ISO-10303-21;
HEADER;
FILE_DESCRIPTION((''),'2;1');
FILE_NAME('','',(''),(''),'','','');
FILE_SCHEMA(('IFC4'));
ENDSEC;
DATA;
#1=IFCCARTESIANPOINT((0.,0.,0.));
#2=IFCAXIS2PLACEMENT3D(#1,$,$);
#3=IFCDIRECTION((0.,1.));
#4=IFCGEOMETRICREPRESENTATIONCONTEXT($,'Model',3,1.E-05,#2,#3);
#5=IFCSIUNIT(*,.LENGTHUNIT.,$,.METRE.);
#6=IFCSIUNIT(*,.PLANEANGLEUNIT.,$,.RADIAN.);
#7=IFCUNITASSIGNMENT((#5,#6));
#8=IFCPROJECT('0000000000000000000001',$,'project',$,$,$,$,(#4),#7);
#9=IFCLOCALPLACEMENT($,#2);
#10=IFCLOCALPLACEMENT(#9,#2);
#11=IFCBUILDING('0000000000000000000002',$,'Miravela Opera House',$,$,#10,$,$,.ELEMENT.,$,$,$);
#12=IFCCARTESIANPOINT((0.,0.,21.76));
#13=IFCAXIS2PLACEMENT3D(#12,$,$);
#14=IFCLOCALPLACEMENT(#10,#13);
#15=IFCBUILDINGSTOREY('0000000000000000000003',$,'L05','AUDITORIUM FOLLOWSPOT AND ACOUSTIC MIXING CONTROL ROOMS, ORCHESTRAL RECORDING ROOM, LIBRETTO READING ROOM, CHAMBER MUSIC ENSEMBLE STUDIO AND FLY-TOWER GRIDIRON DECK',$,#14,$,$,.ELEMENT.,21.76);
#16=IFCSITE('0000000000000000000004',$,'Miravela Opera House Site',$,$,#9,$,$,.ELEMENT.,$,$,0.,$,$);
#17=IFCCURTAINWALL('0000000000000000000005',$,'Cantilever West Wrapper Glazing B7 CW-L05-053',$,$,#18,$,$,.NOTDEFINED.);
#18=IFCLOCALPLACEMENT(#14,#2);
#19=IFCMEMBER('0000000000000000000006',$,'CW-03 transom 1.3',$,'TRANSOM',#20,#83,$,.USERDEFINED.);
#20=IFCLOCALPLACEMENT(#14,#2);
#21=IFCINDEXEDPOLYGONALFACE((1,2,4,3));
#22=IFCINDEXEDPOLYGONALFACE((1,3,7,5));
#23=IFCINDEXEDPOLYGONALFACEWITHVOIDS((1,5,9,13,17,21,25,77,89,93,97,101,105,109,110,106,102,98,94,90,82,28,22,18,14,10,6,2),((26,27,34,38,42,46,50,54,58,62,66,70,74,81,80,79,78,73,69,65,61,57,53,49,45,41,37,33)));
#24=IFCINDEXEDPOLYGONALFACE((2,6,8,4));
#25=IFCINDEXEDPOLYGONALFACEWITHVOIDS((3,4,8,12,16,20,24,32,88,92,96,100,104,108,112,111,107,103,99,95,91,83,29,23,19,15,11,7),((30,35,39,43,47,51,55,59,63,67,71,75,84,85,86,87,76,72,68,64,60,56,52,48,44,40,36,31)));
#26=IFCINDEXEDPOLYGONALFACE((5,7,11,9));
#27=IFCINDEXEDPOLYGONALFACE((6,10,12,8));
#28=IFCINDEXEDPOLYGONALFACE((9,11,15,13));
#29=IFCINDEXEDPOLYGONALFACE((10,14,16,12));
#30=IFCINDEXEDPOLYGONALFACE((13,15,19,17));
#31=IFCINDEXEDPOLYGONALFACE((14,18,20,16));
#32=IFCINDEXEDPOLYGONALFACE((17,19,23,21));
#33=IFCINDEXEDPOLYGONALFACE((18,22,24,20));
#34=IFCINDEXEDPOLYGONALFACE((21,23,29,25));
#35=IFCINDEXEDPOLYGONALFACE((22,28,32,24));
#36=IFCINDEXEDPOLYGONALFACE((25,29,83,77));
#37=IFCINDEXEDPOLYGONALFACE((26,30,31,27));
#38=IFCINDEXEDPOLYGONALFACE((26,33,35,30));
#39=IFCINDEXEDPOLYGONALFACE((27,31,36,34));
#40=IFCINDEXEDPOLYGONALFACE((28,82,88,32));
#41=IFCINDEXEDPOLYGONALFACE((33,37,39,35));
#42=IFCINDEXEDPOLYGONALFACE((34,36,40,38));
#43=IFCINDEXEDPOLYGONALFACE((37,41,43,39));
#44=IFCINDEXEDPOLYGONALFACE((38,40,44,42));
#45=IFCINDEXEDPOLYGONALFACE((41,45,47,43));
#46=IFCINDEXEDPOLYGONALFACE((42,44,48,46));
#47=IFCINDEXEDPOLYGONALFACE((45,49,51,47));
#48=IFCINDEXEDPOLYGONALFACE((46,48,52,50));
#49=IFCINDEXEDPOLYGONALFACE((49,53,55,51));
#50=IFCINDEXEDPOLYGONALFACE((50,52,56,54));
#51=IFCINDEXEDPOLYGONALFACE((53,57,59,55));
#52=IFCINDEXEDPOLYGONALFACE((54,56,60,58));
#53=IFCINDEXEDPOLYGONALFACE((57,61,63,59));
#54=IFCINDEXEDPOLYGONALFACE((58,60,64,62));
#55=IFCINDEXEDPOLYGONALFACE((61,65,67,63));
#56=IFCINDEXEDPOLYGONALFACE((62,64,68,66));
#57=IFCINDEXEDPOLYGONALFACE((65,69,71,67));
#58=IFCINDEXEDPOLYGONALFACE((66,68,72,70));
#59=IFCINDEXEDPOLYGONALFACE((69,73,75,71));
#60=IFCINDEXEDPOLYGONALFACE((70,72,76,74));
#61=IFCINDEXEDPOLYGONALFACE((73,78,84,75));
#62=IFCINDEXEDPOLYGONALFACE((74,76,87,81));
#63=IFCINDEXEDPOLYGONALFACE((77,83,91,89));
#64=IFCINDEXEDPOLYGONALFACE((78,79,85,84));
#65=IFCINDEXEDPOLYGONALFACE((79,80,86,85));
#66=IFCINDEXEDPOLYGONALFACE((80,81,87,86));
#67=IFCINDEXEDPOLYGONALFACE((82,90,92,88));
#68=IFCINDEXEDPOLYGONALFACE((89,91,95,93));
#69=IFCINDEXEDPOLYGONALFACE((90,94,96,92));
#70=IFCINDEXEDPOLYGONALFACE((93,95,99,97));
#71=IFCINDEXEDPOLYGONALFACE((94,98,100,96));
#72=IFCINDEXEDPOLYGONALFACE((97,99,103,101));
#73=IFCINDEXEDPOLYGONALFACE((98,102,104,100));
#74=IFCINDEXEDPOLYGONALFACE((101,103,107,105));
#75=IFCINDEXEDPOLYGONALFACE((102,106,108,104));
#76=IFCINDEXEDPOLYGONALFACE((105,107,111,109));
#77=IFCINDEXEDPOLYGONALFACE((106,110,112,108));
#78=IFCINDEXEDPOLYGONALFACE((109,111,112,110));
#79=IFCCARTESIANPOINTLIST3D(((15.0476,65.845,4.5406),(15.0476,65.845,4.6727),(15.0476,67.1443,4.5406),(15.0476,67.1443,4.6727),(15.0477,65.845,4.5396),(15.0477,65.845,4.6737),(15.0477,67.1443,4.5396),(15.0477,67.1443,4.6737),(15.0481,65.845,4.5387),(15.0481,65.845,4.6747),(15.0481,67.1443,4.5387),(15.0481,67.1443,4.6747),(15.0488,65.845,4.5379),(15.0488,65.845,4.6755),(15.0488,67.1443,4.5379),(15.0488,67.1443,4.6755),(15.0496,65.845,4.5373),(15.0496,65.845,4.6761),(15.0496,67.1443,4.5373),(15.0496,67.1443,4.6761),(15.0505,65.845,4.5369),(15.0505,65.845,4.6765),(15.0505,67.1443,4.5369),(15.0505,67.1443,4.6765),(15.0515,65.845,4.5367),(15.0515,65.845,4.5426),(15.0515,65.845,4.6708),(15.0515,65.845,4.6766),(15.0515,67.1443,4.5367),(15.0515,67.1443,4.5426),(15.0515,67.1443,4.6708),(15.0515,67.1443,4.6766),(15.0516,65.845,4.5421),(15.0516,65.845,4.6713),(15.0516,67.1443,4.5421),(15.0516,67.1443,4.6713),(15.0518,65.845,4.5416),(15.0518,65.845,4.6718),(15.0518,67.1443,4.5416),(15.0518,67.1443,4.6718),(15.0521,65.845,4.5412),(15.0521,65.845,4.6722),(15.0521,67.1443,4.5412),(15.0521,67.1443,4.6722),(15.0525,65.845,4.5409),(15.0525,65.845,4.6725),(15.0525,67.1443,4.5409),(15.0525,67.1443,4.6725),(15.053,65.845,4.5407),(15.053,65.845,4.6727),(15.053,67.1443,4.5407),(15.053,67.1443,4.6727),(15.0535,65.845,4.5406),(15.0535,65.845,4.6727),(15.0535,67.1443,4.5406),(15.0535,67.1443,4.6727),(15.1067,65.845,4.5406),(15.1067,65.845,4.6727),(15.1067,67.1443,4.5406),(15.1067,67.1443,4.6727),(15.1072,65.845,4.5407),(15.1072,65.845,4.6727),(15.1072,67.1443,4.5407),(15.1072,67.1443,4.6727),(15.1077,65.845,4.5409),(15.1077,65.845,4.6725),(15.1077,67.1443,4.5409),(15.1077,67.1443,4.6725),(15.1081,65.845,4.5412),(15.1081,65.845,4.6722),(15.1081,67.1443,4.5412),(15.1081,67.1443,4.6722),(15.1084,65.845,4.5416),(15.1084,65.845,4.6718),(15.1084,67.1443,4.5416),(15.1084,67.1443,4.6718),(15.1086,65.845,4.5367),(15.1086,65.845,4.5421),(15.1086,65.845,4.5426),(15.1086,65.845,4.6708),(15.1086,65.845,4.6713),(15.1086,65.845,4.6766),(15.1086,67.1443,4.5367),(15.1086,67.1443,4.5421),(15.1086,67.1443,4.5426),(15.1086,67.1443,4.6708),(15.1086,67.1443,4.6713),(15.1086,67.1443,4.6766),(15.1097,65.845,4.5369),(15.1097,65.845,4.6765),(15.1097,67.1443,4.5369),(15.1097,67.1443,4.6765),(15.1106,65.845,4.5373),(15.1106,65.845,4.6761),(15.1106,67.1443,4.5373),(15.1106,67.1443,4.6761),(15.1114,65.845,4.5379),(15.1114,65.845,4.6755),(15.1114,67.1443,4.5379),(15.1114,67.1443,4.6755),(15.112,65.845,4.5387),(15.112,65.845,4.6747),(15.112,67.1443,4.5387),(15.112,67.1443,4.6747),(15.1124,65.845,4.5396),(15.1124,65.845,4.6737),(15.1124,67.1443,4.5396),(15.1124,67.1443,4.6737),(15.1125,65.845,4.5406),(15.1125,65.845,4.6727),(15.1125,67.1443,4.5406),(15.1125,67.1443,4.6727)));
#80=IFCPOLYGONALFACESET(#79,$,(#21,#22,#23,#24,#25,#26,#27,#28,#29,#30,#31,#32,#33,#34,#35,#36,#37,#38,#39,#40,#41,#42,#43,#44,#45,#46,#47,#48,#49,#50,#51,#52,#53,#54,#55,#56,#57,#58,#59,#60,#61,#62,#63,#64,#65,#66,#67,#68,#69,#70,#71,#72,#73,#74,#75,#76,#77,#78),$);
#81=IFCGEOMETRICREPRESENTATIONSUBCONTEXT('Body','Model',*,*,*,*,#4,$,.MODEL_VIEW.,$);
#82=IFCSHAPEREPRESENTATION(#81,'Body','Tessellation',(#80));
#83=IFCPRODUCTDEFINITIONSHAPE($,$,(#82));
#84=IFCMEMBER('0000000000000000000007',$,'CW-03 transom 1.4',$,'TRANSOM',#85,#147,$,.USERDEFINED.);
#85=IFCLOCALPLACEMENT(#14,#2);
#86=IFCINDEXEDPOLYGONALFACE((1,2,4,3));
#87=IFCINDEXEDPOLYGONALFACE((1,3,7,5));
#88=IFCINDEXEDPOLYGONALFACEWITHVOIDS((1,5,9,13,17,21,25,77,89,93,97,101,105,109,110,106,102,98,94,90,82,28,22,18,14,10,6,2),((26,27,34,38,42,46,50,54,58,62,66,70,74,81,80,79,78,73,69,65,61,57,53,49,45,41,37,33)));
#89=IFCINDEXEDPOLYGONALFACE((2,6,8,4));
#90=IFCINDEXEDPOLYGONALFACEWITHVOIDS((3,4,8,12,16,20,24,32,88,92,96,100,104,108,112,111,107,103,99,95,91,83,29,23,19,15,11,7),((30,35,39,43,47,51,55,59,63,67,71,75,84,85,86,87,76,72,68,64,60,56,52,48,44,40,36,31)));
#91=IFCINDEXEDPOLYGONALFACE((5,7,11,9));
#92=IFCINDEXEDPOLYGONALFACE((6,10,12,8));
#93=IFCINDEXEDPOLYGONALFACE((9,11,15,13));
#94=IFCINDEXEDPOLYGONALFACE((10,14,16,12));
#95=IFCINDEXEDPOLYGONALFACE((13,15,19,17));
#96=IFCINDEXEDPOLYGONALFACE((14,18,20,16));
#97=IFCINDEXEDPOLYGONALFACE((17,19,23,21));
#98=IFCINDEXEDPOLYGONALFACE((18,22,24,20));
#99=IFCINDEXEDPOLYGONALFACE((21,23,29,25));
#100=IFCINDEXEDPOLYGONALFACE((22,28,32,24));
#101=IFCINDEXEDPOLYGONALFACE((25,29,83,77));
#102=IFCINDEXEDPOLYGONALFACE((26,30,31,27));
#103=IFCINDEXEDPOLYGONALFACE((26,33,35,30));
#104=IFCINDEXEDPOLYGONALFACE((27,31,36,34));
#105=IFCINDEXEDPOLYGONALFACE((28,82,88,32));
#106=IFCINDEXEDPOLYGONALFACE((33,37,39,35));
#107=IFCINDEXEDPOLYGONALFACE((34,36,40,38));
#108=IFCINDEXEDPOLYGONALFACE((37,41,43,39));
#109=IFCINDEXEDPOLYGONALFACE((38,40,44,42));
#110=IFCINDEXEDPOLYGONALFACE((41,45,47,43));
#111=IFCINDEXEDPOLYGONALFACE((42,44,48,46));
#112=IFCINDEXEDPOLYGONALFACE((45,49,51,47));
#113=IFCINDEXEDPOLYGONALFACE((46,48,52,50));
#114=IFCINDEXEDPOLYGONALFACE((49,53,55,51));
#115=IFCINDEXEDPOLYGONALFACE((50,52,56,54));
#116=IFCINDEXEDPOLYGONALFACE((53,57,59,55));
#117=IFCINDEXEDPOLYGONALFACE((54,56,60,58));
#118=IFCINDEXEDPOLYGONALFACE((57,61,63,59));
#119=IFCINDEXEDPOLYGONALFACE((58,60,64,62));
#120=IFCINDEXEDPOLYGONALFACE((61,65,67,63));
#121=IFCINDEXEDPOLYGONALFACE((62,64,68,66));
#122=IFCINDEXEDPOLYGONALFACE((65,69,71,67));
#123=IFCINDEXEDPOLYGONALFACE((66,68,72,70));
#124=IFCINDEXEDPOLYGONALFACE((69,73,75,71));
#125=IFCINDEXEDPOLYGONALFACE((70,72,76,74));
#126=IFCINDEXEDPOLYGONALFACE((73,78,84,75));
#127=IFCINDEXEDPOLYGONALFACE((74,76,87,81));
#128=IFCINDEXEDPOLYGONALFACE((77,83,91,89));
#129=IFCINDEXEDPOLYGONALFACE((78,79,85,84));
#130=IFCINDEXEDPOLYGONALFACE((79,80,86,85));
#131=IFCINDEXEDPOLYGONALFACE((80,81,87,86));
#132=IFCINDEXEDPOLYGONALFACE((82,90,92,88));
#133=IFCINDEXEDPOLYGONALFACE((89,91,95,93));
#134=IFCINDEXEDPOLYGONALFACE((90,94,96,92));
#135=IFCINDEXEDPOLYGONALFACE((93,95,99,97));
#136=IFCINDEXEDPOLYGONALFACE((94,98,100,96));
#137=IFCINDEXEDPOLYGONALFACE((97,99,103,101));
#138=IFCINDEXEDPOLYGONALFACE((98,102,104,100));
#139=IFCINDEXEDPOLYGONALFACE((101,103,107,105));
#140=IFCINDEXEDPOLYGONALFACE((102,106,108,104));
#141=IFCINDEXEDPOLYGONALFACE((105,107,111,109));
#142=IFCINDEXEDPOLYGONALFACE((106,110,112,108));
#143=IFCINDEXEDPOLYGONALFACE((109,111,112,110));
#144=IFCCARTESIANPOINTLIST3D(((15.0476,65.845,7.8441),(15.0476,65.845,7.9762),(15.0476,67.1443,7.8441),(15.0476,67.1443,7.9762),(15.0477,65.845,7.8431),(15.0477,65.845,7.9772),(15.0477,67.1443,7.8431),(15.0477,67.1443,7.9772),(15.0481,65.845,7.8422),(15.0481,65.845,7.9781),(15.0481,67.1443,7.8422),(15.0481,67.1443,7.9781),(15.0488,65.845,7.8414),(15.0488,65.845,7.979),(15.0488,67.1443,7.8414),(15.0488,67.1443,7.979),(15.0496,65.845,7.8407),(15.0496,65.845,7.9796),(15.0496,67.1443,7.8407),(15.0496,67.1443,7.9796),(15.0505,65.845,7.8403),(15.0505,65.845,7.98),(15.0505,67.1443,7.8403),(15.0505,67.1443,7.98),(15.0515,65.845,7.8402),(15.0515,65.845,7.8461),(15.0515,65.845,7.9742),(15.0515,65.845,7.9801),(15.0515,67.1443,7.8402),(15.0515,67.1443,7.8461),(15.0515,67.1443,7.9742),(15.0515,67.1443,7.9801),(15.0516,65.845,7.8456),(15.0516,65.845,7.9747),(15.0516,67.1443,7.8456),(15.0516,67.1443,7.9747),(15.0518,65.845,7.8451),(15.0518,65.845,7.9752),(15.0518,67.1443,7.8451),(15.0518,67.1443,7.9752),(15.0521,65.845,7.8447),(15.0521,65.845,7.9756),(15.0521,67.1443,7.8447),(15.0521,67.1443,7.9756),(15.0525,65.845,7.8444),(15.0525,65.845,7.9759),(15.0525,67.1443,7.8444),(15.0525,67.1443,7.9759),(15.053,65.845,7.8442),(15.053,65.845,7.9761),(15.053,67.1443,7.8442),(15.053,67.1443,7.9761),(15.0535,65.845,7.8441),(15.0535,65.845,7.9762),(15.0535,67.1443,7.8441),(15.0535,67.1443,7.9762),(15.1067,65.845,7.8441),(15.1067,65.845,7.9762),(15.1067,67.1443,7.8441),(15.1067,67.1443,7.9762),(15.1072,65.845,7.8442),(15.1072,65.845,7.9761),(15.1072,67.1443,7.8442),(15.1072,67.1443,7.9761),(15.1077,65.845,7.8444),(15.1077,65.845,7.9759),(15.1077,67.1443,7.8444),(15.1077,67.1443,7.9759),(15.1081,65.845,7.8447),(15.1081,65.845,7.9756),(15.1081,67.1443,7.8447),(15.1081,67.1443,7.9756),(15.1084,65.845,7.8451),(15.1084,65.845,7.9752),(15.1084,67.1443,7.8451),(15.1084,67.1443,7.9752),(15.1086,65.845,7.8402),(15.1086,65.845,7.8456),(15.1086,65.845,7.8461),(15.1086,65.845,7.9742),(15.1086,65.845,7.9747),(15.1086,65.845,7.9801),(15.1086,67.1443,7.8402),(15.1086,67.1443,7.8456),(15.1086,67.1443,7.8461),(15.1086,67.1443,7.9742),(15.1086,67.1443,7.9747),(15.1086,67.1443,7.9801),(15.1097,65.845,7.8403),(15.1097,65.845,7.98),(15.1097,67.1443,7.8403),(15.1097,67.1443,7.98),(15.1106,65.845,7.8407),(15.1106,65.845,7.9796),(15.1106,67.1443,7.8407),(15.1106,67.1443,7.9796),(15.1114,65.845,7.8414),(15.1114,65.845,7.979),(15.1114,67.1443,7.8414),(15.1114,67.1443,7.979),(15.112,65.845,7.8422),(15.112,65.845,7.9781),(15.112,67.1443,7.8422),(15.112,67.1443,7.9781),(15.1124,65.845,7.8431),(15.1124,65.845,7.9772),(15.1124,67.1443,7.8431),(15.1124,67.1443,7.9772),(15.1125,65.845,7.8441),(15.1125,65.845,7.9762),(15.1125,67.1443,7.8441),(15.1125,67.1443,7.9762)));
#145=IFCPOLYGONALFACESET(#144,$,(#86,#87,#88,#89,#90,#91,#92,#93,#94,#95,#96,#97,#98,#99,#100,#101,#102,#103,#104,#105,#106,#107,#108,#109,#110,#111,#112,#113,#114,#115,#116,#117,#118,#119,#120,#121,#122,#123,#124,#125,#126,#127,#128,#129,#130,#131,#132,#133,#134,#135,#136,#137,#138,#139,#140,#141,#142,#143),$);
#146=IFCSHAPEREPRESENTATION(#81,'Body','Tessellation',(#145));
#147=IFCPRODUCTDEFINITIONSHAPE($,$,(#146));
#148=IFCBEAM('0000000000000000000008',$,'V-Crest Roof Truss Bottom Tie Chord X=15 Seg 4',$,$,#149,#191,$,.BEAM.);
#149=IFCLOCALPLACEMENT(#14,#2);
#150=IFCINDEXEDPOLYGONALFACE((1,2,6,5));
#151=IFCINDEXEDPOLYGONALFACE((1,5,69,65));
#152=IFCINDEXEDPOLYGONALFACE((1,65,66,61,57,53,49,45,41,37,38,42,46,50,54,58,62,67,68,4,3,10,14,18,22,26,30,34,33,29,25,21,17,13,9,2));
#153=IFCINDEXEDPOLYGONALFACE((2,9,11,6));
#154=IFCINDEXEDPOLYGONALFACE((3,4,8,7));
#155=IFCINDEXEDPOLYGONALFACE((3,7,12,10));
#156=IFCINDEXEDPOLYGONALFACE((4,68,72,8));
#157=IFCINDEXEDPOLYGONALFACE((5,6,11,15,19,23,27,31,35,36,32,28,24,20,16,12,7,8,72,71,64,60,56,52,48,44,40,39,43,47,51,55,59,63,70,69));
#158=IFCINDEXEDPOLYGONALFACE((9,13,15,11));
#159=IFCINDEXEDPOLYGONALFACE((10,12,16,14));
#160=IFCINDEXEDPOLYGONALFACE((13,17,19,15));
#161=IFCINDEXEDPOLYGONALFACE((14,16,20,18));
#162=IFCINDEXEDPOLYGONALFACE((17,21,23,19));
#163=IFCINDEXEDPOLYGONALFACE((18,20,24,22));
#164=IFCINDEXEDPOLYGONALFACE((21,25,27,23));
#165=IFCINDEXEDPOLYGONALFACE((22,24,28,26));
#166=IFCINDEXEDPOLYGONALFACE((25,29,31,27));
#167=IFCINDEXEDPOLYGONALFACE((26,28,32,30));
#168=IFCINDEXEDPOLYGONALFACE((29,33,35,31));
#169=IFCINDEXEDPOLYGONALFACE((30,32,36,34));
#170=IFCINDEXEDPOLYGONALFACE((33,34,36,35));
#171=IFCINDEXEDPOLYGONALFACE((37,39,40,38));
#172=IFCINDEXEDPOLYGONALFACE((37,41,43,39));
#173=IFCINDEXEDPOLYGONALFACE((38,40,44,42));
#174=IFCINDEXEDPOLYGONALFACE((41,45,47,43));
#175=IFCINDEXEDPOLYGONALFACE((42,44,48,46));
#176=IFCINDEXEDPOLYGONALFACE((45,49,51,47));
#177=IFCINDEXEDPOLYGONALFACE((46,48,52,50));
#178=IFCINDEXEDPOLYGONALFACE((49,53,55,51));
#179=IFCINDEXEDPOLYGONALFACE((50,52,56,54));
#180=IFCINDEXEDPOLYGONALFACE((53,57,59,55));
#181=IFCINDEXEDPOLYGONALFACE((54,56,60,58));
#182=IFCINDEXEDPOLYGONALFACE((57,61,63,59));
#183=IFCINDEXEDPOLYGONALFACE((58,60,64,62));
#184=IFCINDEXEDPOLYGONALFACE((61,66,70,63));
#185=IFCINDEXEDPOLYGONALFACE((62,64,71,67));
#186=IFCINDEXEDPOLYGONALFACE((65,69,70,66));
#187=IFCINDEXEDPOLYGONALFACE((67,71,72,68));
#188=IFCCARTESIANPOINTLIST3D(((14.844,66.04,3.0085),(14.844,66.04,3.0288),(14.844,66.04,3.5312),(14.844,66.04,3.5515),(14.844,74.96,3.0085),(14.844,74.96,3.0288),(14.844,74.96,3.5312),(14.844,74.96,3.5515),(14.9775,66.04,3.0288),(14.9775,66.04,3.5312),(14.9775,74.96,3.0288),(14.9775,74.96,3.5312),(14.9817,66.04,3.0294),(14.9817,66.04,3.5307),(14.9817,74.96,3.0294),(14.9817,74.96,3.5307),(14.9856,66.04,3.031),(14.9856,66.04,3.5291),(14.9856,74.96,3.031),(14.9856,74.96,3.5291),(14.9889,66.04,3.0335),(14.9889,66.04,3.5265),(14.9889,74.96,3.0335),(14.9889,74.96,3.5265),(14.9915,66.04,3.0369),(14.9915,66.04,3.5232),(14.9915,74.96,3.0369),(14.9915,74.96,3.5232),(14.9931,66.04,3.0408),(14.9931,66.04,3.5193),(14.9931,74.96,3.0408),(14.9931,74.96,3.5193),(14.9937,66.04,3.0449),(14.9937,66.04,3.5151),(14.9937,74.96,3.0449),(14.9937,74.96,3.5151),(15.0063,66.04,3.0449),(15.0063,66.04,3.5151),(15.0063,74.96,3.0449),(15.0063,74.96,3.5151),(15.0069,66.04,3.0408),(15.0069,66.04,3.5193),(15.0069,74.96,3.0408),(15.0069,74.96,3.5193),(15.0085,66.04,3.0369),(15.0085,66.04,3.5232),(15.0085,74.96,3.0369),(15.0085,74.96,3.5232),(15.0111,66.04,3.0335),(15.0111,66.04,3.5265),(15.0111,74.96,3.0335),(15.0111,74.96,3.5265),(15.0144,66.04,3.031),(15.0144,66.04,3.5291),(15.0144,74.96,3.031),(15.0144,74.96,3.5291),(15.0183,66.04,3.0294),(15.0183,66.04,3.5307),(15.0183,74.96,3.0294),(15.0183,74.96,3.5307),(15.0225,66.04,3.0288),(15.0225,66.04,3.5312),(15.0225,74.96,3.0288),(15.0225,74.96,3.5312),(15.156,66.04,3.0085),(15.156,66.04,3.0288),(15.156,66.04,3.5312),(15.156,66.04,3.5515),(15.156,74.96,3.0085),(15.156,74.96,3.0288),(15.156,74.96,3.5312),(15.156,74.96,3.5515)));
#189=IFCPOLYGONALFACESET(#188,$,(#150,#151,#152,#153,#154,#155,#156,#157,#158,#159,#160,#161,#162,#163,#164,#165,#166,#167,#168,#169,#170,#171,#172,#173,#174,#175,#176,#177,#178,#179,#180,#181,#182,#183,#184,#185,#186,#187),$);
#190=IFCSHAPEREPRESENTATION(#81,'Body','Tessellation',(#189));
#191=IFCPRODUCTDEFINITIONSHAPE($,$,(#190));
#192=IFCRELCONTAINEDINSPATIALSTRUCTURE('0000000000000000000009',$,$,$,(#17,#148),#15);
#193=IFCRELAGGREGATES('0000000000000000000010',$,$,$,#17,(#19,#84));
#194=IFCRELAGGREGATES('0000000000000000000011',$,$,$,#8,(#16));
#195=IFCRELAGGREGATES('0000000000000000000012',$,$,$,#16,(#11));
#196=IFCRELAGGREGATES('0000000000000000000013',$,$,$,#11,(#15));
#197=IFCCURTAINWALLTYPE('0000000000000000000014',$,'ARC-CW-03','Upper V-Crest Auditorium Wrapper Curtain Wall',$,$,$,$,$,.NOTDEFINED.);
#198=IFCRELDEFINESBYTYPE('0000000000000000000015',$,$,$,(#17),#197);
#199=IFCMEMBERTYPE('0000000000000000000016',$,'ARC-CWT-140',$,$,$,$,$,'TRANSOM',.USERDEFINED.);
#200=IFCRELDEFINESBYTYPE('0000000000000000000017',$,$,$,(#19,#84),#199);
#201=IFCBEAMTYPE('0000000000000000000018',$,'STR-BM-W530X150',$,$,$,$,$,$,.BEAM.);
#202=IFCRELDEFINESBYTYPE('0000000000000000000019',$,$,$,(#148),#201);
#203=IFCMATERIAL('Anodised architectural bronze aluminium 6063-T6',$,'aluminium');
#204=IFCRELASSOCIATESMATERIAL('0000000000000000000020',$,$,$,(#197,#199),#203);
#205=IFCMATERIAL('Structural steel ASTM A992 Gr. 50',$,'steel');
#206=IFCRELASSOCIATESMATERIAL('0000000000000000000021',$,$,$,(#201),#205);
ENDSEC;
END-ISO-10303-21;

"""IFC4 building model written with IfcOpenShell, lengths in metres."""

from ifc_helpers import new_model, si_unit, direction, frame, origin, origin_2d, place, context, subcontext, project, spatial, hollow_rectangle, i_section, extrude, material, material_profile, profile_set, type_object, element, aggregate, save


model = new_model("IFC4")

# Units and contexts
model_context = context("Model", 3, precision=1e-05, world=origin(), true_north=direction((0.0, 1.0)))
body_context = subcontext(model_context, "Body", "Model", "MODEL_VIEW")
ifc_project = project(units=[si_unit("LENGTHUNIT", "METRE"), si_unit("PLANEANGLEUNIT", "RADIAN")], contexts=[model_context])

# Site, building, storey
site_placement = place(None, origin())
site = spatial("IfcSite", under=ifc_project, at=site_placement, Name="Miravela Opera House Site", CompositionType="ELEMENT", RefElevation=0.0)
building_placement = place(site_placement, origin())
building = spatial("IfcBuilding", under=site, at=building_placement, Name="Miravela Opera House", CompositionType="ELEMENT")
storey_placement = place(building_placement, frame((0.0, 0.0, 21.76)))
storey = spatial("IfcBuildingStorey", under=building, at=storey_placement, Name="L05", Description="AUDITORIUM FOLLOWSPOT AND ACOUSTIC MIXING CONTROL ROOMS, ORCHESTRAL RECORDING ROOM, LIBRETTO READING ROOM, CHAMBER MUSIC ENSEMBLE STUDIO AND FLY-TOWER GRIDIRON DECK", CompositionType="ELEMENT", Elevation=21.76)

# Curtain wall, members
ifc_material_1 = material(Name="Anodised architectural bronze aluminium 6063-T6", Category="aluminium")
curtain_wall_type = type_object("IfcCurtainWallType", Name="ARC-CW-03", Description="Upper V-Crest Auditorium Wrapper Curtain Wall", PredefinedType="NOTDEFINED", material=ifc_material_1)
ifc_material_profile_1 = material_profile(ifc_material_1, hollow_rectangle(XDim=0.0649, YDim=0.1399, WallThickness=0.0039, InnerFilletRadius=0.002, OuterFilletRadius=0.0039, at=origin_2d()), Name="CWT-65X140")
ifc_profile_set_1 = profile_set([ifc_material_profile_1])
member_type_1 = type_object("IfcMemberType", Name="ARC-CWT-140", ElementType="TRANSOM", PredefinedType="USERDEFINED", material=ifc_profile_set_1)
curtain_wall_1_placement = place(storey_placement, origin())
curtain_wall_1 = element("IfcCurtainWall", 1, at=curtain_wall_1_placement, inside=storey, type_object=curtain_wall_type, Name="Cantilever West Wrapper Glazing B7 CW-L05-053", PredefinedType="NOTDEFINED")
member_1_placement = place(storey_placement, frame((15.0801, 65.845, 4.6067), z_axis=(0.0, 1.0, 0.0), x_axis=(-1.0, 0.0, 0.0)))
member_1 = element("IfcMember", 2, at=member_1_placement, type_object=member_type_1, Name="CW-03 transom 1.3", ObjectType="TRANSOM", PredefinedType="USERDEFINED", context=body_context, shape_type="SweptSolid", body=[
    extrude(hollow_rectangle(XDim=0.0649, YDim=0.1399, WallThickness=0.0039, InnerFilletRadius=0.002, OuterFilletRadius=0.0039, at=origin_2d()), origin(), (0.0, 0.0, 1.0), 1.2993),
])
member_2_placement = place(storey_placement, frame((15.0801, 65.845, 7.9102), z_axis=(0.0, 1.0, 0.0), x_axis=(-1.0, 0.0, 0.0)))
member_2 = element("IfcMember", 3, at=member_2_placement, type_object=member_type_1, Name="CW-03 transom 1.4", ObjectType="TRANSOM", PredefinedType="USERDEFINED", context=body_context, shape_type="SweptSolid", body=[
    extrude(hollow_rectangle(XDim=0.0649, YDim=0.1399, WallThickness=0.0039, InnerFilletRadius=0.002, OuterFilletRadius=0.0039, at=origin_2d()), origin(), (0.0, 0.0, 1.0), 1.2993),
])
aggregate(curtain_wall_1, [member_1, member_2])

# Beam
ifc_material_2 = material(Name="Structural steel ASTM A992 Gr. 50", Category="steel")
ifc_material_profile_2 = material_profile(ifc_material_2, i_section(OverallWidth=0.312, OverallDepth=0.543, WebThickness=0.0127, FlangeThickness=0.0203, FilletRadius=0.0161, at=origin_2d()), Name="W530X150")
ifc_profile_set_2 = profile_set([ifc_material_profile_2])
beam_type_1 = type_object("IfcBeamType", Name="STR-BM-W530X150", PredefinedType="BEAM", material=ifc_profile_set_2)
beam_1_placement = place(storey_placement, frame((15.0, 66.04, 3.28), z_axis=(0.0, 1.0, 0.0), x_axis=(-1.0, 0.0, 0.0)))
element("IfcBeam", 4, at=beam_1_placement, inside=storey, type_object=beam_type_1, Name="V-Crest Roof Truss Bottom Tie Chord X=15 Seg 4", PredefinedType="BEAM", context=body_context, shape_type="SweptSolid", body=[
    extrude(i_section(OverallWidth=0.312, OverallDepth=0.543, WebThickness=0.0127, FlangeThickness=0.0203, FilletRadius=0.0161, at=origin_2d()), origin(), (0.0, 0.0, 1.0), 8.9199),
])

save(model, "model.ifc")
